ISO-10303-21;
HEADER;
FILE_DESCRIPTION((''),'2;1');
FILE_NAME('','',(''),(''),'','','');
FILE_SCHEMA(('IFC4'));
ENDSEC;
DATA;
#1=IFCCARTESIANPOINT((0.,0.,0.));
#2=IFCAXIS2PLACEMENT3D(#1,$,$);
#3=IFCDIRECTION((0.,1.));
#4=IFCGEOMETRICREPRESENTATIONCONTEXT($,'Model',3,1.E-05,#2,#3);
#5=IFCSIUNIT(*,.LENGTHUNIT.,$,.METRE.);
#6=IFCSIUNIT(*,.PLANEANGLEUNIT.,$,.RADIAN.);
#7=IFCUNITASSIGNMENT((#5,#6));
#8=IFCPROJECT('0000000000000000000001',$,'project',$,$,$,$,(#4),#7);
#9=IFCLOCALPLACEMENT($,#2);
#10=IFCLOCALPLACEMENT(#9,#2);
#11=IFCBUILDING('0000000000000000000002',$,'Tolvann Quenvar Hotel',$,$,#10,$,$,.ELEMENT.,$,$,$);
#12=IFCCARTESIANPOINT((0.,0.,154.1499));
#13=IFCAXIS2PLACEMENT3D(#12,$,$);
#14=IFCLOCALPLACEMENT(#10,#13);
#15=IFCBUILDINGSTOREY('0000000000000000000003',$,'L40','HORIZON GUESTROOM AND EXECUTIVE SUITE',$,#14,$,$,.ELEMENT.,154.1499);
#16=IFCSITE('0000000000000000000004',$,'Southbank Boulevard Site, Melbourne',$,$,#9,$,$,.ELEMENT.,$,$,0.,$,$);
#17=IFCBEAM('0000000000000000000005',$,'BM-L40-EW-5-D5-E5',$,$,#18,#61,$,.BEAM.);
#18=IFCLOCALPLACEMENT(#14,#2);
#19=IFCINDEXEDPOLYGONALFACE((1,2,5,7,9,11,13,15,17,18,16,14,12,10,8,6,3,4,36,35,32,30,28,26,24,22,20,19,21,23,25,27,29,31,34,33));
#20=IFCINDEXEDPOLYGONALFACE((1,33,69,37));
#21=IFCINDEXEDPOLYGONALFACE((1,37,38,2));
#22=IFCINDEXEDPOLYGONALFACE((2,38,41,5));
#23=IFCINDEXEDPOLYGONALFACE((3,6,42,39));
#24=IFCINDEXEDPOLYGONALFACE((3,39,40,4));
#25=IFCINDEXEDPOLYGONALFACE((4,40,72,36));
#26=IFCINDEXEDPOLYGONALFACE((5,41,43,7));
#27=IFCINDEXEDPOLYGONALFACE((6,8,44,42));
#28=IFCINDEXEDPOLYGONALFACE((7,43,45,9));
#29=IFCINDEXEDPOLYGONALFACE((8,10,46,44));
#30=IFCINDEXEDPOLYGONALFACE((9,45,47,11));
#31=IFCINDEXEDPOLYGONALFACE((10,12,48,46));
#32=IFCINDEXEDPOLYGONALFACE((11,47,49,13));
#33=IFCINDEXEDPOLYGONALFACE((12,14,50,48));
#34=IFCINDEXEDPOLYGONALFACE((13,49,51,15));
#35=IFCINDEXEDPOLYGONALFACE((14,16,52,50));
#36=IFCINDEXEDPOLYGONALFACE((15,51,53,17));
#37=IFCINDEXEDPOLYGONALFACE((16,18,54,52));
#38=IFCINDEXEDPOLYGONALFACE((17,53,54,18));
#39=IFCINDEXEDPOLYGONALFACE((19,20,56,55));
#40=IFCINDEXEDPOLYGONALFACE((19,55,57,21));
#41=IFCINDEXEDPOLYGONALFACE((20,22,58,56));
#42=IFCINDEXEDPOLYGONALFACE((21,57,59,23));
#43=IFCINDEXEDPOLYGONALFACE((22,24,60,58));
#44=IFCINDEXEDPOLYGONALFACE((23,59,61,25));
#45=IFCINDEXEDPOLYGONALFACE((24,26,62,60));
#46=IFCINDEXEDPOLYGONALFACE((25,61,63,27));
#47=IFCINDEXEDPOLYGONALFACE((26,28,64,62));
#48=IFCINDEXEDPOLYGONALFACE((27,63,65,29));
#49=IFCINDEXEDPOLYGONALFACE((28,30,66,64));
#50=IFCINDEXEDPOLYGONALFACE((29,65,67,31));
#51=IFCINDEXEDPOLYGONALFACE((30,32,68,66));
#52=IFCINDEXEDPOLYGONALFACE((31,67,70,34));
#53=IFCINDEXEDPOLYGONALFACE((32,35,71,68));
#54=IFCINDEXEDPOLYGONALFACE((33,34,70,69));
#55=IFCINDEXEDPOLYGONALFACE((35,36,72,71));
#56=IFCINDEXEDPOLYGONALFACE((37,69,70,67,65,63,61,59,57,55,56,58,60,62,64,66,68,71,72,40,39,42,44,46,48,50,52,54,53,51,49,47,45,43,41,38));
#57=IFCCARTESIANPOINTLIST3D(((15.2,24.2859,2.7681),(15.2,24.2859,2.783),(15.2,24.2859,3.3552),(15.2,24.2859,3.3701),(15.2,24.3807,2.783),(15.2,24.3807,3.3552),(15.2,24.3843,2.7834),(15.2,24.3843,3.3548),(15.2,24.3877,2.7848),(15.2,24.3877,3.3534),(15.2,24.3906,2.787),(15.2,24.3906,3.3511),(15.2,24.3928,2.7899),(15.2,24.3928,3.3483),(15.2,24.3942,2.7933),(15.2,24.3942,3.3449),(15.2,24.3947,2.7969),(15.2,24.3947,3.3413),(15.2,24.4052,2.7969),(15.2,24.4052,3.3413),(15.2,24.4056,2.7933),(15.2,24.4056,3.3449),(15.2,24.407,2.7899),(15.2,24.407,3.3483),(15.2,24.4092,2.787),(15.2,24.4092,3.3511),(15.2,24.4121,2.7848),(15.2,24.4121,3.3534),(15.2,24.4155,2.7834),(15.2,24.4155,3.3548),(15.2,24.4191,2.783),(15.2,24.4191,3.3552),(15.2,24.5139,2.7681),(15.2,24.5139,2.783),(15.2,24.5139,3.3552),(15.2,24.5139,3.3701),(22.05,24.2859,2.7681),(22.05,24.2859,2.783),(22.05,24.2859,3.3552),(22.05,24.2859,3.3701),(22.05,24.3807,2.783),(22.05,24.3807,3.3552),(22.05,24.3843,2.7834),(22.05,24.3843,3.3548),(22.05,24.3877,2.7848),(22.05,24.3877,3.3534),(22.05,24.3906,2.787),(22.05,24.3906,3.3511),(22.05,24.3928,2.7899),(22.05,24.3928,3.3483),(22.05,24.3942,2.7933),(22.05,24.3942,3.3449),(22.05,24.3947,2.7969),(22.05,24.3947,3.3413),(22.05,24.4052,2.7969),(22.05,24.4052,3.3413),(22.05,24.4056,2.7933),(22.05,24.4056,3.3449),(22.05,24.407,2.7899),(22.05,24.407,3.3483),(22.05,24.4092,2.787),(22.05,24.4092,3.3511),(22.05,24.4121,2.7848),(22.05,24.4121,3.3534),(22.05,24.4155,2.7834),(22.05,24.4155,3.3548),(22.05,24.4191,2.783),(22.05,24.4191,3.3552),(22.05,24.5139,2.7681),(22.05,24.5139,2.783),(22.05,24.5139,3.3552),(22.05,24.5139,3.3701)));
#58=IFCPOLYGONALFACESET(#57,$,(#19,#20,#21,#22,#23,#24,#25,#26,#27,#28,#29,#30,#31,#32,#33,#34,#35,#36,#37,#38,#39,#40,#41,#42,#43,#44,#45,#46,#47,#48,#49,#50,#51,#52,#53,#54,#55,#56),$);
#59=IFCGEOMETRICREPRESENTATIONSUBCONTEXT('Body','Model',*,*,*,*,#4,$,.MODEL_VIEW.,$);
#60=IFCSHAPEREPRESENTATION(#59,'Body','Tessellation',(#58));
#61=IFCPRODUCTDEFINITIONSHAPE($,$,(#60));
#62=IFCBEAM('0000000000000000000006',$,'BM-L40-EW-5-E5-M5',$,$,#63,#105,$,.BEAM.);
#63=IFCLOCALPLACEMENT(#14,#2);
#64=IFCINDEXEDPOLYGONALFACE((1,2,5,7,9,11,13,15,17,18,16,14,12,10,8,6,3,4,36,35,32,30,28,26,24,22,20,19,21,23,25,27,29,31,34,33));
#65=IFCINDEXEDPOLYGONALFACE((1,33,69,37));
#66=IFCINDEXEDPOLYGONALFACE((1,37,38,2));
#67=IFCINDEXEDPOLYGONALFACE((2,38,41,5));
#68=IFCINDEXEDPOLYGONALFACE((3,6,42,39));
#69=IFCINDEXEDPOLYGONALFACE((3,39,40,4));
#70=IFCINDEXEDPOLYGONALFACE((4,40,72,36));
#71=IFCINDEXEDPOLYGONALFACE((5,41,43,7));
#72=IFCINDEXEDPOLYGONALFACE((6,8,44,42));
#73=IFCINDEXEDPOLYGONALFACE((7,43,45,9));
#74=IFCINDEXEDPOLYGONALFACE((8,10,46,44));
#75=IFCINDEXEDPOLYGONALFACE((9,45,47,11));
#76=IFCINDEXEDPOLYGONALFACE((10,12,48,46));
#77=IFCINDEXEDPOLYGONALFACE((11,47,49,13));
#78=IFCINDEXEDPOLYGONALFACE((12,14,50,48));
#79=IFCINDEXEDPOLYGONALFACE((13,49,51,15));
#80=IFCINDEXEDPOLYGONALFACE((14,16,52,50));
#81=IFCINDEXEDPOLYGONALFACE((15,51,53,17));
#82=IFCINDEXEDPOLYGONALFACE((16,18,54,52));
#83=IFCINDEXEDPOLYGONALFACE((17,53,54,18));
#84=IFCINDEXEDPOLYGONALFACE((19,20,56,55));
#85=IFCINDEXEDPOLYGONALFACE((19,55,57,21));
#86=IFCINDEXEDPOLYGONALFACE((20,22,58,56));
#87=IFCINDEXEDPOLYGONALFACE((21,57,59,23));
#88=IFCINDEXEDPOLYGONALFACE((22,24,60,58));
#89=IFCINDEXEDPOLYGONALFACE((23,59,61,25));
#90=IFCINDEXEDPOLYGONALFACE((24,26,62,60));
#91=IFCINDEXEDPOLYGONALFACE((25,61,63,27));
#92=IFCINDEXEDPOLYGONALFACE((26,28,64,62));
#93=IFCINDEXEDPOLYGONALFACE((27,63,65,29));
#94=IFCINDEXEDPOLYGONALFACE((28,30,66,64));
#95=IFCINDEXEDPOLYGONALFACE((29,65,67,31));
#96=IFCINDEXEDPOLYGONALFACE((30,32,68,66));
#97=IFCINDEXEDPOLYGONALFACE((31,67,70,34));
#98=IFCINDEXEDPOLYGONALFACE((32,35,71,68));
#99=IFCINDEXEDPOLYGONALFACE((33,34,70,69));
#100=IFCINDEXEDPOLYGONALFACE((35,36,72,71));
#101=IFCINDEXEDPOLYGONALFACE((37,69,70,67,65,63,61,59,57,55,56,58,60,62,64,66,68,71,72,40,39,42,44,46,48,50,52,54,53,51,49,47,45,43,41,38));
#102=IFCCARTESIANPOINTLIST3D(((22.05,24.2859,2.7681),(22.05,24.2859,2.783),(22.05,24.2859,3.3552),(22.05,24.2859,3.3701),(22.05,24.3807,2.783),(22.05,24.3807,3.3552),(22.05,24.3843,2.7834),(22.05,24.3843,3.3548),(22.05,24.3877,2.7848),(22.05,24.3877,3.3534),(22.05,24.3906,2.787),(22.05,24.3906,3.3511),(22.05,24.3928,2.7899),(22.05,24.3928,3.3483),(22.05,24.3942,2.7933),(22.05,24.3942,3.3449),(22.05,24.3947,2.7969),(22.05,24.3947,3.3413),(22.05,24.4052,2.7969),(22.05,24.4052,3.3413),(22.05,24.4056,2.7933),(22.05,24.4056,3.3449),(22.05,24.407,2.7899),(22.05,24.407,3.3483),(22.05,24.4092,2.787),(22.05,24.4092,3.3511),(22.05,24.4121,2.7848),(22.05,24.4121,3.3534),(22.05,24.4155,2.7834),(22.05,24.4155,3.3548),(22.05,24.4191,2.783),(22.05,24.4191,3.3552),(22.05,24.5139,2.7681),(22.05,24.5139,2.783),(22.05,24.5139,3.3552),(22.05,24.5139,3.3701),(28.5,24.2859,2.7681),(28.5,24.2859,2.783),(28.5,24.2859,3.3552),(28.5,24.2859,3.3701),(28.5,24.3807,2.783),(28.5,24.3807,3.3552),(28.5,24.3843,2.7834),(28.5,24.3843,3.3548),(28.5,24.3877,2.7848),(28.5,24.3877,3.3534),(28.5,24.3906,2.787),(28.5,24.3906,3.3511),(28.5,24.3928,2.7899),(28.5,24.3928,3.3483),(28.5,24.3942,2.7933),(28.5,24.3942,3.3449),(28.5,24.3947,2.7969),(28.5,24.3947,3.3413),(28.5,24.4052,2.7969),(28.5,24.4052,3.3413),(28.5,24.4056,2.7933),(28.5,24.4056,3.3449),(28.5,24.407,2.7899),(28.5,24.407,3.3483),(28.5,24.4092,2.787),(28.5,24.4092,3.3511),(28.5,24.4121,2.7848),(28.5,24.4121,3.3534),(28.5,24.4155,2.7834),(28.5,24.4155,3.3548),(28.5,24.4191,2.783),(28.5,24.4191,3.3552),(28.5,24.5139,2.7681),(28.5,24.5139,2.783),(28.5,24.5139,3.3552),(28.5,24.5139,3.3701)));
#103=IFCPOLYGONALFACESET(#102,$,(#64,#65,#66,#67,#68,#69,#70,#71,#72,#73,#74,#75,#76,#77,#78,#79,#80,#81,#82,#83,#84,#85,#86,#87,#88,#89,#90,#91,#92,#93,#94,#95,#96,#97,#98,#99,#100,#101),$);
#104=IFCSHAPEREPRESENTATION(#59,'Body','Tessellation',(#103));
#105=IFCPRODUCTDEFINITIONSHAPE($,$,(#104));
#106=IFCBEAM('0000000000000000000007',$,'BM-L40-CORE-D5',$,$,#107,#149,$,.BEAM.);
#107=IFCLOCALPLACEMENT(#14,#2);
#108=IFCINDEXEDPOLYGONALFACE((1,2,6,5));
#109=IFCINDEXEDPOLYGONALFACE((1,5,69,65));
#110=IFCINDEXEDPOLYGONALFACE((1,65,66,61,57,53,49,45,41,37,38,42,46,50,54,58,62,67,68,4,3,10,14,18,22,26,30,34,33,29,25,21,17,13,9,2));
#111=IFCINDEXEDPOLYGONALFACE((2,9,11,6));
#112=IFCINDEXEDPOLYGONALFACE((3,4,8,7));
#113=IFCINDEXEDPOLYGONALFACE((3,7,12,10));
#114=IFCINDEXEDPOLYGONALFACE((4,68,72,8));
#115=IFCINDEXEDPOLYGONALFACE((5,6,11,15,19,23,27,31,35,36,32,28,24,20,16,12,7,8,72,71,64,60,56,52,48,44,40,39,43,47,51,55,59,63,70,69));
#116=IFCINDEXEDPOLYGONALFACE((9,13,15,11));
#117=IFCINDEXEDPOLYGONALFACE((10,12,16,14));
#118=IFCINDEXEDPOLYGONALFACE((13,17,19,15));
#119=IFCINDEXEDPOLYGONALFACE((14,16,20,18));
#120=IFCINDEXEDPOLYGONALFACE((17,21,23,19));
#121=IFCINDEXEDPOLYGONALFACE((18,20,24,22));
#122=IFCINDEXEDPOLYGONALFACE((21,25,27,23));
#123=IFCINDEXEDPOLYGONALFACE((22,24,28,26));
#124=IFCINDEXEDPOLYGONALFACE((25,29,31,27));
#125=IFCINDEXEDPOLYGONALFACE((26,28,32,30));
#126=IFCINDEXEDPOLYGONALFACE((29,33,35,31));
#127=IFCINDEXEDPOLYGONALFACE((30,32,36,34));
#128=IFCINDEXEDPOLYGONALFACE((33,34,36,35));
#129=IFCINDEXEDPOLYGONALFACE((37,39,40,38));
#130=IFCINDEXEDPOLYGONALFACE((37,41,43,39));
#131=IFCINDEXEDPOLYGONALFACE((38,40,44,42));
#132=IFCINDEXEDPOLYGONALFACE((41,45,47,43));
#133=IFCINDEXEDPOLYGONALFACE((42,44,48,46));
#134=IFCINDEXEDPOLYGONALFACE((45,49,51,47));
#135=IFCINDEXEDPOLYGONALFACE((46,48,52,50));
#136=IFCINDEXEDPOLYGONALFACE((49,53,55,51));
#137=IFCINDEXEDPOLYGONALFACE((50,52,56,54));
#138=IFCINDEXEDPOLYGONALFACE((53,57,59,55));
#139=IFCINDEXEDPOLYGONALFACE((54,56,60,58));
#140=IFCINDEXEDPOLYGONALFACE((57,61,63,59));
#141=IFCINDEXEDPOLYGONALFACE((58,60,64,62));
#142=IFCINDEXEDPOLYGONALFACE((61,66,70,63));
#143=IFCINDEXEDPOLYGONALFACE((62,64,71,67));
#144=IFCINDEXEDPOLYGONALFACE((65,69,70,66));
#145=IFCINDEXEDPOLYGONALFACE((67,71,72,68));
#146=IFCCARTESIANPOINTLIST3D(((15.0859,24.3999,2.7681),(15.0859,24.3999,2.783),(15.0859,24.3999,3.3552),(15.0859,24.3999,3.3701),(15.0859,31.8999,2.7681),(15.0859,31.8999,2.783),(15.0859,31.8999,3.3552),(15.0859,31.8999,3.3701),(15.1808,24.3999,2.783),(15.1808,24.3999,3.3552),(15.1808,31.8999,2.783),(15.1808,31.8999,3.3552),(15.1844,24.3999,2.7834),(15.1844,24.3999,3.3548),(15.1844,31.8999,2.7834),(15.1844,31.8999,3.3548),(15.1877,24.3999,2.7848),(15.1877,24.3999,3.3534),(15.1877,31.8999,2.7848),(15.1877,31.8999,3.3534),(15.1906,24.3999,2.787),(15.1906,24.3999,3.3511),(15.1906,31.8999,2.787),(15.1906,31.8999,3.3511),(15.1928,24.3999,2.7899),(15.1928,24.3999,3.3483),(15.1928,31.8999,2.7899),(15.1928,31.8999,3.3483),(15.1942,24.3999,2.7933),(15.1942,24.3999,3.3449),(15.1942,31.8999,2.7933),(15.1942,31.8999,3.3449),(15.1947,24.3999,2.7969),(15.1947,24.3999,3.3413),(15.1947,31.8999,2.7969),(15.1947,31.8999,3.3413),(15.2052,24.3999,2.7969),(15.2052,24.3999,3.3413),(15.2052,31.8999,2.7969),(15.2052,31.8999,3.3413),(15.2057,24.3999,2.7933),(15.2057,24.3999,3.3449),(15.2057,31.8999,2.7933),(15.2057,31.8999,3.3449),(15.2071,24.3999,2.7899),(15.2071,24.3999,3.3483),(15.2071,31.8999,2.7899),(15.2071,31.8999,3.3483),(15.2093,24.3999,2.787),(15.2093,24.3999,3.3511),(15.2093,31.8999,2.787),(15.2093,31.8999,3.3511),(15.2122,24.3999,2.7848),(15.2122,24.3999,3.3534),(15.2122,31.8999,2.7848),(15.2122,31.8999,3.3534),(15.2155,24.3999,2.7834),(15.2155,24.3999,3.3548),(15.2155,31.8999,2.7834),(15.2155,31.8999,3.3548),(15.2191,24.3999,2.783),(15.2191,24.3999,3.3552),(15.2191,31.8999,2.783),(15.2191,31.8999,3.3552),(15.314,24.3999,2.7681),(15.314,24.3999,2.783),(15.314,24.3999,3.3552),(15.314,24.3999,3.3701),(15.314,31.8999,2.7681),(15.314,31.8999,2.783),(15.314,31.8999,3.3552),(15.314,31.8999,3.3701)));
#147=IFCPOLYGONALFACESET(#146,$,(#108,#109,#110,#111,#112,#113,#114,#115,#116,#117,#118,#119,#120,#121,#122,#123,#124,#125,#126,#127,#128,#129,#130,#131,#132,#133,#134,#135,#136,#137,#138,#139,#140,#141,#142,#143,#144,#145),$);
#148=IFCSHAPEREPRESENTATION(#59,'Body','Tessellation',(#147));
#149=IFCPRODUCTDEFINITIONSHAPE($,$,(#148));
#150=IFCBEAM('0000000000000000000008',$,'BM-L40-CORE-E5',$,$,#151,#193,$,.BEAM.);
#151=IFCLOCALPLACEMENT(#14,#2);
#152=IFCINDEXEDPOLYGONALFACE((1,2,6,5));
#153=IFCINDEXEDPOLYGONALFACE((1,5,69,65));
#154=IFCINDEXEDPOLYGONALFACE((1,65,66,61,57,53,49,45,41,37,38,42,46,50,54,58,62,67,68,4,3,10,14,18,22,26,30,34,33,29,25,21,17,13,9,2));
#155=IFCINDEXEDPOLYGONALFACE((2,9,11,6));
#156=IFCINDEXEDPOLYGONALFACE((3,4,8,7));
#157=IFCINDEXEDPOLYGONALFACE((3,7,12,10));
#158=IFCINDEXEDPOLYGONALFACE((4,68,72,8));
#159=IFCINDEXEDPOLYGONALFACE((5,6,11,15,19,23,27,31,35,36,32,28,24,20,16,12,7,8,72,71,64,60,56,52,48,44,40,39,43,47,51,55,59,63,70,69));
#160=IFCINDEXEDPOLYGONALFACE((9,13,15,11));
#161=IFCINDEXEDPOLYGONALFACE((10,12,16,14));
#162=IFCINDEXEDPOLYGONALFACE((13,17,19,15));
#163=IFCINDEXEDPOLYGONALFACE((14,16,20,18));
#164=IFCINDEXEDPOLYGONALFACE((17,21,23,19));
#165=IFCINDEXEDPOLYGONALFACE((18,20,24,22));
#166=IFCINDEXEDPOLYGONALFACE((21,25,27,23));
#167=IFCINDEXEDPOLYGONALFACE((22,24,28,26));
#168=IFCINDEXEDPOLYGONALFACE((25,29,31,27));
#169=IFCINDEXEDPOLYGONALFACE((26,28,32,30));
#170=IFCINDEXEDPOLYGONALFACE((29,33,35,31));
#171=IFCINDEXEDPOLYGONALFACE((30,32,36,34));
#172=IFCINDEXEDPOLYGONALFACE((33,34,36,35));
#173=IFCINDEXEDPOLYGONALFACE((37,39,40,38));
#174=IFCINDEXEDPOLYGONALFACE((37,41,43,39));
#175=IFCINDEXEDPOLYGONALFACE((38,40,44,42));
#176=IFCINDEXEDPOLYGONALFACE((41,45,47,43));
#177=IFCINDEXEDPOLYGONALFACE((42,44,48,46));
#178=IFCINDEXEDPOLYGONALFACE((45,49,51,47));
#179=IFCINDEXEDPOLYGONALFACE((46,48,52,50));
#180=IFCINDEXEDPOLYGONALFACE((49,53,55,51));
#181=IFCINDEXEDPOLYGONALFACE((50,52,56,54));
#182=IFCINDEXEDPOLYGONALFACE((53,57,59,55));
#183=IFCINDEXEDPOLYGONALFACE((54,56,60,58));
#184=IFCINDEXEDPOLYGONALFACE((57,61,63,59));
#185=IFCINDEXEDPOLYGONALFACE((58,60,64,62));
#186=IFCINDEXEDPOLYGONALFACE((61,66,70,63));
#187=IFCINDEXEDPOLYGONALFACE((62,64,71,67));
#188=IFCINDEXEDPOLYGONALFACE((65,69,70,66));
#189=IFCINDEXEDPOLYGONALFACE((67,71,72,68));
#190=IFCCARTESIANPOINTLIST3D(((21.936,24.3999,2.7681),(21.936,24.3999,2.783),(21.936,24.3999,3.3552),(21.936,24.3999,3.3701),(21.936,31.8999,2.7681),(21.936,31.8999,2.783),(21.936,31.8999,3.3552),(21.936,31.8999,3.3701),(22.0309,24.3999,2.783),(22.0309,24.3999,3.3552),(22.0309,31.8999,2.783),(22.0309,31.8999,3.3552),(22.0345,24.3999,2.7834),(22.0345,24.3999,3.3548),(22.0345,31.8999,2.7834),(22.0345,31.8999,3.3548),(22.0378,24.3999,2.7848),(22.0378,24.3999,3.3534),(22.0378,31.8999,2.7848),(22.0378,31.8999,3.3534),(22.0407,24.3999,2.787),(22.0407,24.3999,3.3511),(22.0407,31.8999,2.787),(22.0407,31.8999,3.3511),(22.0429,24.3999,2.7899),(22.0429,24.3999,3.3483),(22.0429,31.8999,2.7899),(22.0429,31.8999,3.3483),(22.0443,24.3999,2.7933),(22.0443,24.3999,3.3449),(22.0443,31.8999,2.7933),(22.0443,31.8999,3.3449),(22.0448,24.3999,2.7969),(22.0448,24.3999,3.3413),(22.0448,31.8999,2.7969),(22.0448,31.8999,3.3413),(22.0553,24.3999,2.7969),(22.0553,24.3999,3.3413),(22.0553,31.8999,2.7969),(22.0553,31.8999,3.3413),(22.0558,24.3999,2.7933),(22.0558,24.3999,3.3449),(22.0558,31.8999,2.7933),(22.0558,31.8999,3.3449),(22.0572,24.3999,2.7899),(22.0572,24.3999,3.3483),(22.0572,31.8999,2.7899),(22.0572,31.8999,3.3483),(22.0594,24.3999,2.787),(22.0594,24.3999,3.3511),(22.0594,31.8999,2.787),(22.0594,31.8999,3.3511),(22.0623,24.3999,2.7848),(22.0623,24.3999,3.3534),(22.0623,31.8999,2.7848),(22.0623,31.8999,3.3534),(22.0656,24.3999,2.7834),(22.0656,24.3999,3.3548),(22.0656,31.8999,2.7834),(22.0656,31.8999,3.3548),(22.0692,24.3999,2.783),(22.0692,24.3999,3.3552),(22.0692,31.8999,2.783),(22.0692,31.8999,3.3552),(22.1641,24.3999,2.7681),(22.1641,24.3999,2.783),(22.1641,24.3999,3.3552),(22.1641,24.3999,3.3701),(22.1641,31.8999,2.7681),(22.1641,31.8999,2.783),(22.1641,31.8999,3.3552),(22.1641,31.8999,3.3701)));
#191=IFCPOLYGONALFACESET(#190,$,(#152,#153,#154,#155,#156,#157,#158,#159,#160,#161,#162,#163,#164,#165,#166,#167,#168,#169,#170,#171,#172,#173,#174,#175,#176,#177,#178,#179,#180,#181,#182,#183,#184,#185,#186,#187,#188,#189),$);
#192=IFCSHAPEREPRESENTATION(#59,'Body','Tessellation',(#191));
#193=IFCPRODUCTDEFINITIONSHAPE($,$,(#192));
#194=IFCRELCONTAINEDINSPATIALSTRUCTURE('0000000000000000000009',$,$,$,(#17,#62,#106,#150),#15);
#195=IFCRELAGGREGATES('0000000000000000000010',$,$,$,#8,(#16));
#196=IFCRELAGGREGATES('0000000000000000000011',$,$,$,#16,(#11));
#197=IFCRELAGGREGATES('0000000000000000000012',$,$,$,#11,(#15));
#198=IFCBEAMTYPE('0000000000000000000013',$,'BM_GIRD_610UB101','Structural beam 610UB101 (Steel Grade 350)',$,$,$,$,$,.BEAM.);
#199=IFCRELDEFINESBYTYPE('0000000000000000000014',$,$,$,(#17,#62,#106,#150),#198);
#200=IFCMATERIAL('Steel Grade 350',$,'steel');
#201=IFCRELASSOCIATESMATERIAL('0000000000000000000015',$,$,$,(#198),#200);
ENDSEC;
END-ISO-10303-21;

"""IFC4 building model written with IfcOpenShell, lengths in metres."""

from ifc_helpers import new_model, si_unit, direction, frame, origin, origin_2d, place, context, subcontext, project, spatial, i_section, extrude, source, transform, mapped, material, material_profile, profile_set, type_object, type_shapes, element, save


model = new_model("IFC4")

# Units and contexts
model_context = context("Model", 3, precision=1e-05, world=origin(), true_north=direction((0.0, 1.0)))
body_context = subcontext(model_context, "Body", "Model", "MODEL_VIEW")
ifc_project = project(units=[si_unit("LENGTHUNIT", "METRE"), si_unit("PLANEANGLEUNIT", "RADIAN")], contexts=[model_context])

# Site, building, storey
site_placement = place(None, origin())
site = spatial("IfcSite", under=ifc_project, at=site_placement, Name="Southbank Boulevard Site, Melbourne", CompositionType="ELEMENT", RefElevation=0.0)
building_placement = place(site_placement, origin())
building = spatial("IfcBuilding", under=site, at=building_placement, Name="Tolvann Quenvar Hotel", CompositionType="ELEMENT")
storey_placement = place(building_placement, frame((0.0, 0.0, 154.1499)))
storey = spatial("IfcBuildingStorey", under=building, at=storey_placement, Name="L40", Description="HORIZON GUESTROOM AND EXECUTIVE SUITE", CompositionType="ELEMENT", Elevation=154.1499)

# Shared definitions
ifc_material_1 = material(Name="Steel Grade 350", Category="steel")

# Beams
ifc_material_profile_1 = material_profile(ifc_material_1, i_section(OverallWidth=0.228, OverallDepth=0.6021, WebThickness=0.0105, FlangeThickness=0.0149, FilletRadius=0.0139, at=origin_2d()), Name="610UB101")
ifc_profile_set_1 = profile_set([ifc_material_profile_1], Name="Steel Grade 350")
beam_type_1 = type_object("IfcBeamType", Name="BM_GIRD_610UB101", Description="Structural beam 610UB101 (Steel Grade 350)", PredefinedType="BEAM", material=ifc_profile_set_1)
shared_shape_1 = source(origin(), body_context, "Body", "SweptSolid", [
    extrude(i_section(OverallWidth=0.228, OverallDepth=0.6021, WebThickness=0.0105, FlangeThickness=0.0149, FilletRadius=0.0139, at=origin_2d()), origin(), (0.0, 0.0, 1.0), 6.8501),
])
beam_1_placement = place(storey_placement, frame((15.2, 24.3999, 3.0691), z_axis=(1.0, 0.0, 0.0), x_axis=(0.0, 1.0, 0.0)))
element("IfcBeam", 1, at=beam_1_placement, inside=storey, type_object=beam_type_1, Name="BM-L40-EW-5-D5-E5", PredefinedType="BEAM", context=body_context, shape_type="MappedRepresentation", body=[
    mapped(shared_shape_1, transform((0.0, 0.0, 0.0), x_axis=(1.0, 0.0, 0.0), y_axis=(0.0, 1.0, 0.0), z_axis=(0.0, 0.0, 1.0), scale=1.0)),
])
shared_shape_2 = source(origin(), body_context, "Body", "SweptSolid", [
    extrude(i_section(OverallWidth=0.228, OverallDepth=0.6021, WebThickness=0.0105, FlangeThickness=0.0149, FilletRadius=0.0139, at=origin_2d()), origin(), (0.0, 0.0, 1.0), 6.45),
])
beam_2_placement = place(storey_placement, frame((22.05, 24.3999, 3.0691), z_axis=(1.0, 0.0, 0.0), x_axis=(0.0, 1.0, 0.0)))
element("IfcBeam", 2, at=beam_2_placement, inside=storey, type_object=beam_type_1, Name="BM-L40-EW-5-E5-M5", PredefinedType="BEAM", context=body_context, shape_type="MappedRepresentation", body=[
    mapped(shared_shape_2, transform((0.0, 0.0, 0.0), x_axis=(1.0, 0.0, 0.0), y_axis=(0.0, 1.0, 0.0), z_axis=(0.0, 0.0, 1.0), scale=1.0)),
])
shared_shape_3 = source(origin(), body_context, "Body", "SweptSolid", [
    extrude(i_section(OverallWidth=0.228, OverallDepth=0.6021, WebThickness=0.0105, FlangeThickness=0.0149, FilletRadius=0.0139, at=origin_2d()), origin(), (0.0, 0.0, 1.0), 7.5),
])
type_shapes(beam_type_1, [shared_shape_1, shared_shape_2, shared_shape_3])
for number, where, z_axis, x_axis, name in (
    (3, (15.2, 24.3999, 3.0691), (0.0, 1.0, 0.0), (-1.0, 0.0, 0.0), "BM-L40-CORE-D5"),
    (4, (22.05, 24.3999, 3.0691), (0.0, 1.0, 0.0), (-1.0, 0.0, 0.0), "BM-L40-CORE-E5"),
):
    element("IfcBeam", number, at=place(storey_placement, frame(where, z_axis=z_axis, x_axis=x_axis)), inside=storey, type_object=beam_type_1, Name=name, PredefinedType="BEAM", context=body_context, shape_type="MappedRepresentation", body=[
        mapped(shared_shape_3, transform((0.0, 0.0, 0.0), x_axis=(1.0, 0.0, 0.0), y_axis=(0.0, 1.0, 0.0), z_axis=(0.0, 0.0, 1.0), scale=1.0)),
    ])

save(model, "model.ifc")
